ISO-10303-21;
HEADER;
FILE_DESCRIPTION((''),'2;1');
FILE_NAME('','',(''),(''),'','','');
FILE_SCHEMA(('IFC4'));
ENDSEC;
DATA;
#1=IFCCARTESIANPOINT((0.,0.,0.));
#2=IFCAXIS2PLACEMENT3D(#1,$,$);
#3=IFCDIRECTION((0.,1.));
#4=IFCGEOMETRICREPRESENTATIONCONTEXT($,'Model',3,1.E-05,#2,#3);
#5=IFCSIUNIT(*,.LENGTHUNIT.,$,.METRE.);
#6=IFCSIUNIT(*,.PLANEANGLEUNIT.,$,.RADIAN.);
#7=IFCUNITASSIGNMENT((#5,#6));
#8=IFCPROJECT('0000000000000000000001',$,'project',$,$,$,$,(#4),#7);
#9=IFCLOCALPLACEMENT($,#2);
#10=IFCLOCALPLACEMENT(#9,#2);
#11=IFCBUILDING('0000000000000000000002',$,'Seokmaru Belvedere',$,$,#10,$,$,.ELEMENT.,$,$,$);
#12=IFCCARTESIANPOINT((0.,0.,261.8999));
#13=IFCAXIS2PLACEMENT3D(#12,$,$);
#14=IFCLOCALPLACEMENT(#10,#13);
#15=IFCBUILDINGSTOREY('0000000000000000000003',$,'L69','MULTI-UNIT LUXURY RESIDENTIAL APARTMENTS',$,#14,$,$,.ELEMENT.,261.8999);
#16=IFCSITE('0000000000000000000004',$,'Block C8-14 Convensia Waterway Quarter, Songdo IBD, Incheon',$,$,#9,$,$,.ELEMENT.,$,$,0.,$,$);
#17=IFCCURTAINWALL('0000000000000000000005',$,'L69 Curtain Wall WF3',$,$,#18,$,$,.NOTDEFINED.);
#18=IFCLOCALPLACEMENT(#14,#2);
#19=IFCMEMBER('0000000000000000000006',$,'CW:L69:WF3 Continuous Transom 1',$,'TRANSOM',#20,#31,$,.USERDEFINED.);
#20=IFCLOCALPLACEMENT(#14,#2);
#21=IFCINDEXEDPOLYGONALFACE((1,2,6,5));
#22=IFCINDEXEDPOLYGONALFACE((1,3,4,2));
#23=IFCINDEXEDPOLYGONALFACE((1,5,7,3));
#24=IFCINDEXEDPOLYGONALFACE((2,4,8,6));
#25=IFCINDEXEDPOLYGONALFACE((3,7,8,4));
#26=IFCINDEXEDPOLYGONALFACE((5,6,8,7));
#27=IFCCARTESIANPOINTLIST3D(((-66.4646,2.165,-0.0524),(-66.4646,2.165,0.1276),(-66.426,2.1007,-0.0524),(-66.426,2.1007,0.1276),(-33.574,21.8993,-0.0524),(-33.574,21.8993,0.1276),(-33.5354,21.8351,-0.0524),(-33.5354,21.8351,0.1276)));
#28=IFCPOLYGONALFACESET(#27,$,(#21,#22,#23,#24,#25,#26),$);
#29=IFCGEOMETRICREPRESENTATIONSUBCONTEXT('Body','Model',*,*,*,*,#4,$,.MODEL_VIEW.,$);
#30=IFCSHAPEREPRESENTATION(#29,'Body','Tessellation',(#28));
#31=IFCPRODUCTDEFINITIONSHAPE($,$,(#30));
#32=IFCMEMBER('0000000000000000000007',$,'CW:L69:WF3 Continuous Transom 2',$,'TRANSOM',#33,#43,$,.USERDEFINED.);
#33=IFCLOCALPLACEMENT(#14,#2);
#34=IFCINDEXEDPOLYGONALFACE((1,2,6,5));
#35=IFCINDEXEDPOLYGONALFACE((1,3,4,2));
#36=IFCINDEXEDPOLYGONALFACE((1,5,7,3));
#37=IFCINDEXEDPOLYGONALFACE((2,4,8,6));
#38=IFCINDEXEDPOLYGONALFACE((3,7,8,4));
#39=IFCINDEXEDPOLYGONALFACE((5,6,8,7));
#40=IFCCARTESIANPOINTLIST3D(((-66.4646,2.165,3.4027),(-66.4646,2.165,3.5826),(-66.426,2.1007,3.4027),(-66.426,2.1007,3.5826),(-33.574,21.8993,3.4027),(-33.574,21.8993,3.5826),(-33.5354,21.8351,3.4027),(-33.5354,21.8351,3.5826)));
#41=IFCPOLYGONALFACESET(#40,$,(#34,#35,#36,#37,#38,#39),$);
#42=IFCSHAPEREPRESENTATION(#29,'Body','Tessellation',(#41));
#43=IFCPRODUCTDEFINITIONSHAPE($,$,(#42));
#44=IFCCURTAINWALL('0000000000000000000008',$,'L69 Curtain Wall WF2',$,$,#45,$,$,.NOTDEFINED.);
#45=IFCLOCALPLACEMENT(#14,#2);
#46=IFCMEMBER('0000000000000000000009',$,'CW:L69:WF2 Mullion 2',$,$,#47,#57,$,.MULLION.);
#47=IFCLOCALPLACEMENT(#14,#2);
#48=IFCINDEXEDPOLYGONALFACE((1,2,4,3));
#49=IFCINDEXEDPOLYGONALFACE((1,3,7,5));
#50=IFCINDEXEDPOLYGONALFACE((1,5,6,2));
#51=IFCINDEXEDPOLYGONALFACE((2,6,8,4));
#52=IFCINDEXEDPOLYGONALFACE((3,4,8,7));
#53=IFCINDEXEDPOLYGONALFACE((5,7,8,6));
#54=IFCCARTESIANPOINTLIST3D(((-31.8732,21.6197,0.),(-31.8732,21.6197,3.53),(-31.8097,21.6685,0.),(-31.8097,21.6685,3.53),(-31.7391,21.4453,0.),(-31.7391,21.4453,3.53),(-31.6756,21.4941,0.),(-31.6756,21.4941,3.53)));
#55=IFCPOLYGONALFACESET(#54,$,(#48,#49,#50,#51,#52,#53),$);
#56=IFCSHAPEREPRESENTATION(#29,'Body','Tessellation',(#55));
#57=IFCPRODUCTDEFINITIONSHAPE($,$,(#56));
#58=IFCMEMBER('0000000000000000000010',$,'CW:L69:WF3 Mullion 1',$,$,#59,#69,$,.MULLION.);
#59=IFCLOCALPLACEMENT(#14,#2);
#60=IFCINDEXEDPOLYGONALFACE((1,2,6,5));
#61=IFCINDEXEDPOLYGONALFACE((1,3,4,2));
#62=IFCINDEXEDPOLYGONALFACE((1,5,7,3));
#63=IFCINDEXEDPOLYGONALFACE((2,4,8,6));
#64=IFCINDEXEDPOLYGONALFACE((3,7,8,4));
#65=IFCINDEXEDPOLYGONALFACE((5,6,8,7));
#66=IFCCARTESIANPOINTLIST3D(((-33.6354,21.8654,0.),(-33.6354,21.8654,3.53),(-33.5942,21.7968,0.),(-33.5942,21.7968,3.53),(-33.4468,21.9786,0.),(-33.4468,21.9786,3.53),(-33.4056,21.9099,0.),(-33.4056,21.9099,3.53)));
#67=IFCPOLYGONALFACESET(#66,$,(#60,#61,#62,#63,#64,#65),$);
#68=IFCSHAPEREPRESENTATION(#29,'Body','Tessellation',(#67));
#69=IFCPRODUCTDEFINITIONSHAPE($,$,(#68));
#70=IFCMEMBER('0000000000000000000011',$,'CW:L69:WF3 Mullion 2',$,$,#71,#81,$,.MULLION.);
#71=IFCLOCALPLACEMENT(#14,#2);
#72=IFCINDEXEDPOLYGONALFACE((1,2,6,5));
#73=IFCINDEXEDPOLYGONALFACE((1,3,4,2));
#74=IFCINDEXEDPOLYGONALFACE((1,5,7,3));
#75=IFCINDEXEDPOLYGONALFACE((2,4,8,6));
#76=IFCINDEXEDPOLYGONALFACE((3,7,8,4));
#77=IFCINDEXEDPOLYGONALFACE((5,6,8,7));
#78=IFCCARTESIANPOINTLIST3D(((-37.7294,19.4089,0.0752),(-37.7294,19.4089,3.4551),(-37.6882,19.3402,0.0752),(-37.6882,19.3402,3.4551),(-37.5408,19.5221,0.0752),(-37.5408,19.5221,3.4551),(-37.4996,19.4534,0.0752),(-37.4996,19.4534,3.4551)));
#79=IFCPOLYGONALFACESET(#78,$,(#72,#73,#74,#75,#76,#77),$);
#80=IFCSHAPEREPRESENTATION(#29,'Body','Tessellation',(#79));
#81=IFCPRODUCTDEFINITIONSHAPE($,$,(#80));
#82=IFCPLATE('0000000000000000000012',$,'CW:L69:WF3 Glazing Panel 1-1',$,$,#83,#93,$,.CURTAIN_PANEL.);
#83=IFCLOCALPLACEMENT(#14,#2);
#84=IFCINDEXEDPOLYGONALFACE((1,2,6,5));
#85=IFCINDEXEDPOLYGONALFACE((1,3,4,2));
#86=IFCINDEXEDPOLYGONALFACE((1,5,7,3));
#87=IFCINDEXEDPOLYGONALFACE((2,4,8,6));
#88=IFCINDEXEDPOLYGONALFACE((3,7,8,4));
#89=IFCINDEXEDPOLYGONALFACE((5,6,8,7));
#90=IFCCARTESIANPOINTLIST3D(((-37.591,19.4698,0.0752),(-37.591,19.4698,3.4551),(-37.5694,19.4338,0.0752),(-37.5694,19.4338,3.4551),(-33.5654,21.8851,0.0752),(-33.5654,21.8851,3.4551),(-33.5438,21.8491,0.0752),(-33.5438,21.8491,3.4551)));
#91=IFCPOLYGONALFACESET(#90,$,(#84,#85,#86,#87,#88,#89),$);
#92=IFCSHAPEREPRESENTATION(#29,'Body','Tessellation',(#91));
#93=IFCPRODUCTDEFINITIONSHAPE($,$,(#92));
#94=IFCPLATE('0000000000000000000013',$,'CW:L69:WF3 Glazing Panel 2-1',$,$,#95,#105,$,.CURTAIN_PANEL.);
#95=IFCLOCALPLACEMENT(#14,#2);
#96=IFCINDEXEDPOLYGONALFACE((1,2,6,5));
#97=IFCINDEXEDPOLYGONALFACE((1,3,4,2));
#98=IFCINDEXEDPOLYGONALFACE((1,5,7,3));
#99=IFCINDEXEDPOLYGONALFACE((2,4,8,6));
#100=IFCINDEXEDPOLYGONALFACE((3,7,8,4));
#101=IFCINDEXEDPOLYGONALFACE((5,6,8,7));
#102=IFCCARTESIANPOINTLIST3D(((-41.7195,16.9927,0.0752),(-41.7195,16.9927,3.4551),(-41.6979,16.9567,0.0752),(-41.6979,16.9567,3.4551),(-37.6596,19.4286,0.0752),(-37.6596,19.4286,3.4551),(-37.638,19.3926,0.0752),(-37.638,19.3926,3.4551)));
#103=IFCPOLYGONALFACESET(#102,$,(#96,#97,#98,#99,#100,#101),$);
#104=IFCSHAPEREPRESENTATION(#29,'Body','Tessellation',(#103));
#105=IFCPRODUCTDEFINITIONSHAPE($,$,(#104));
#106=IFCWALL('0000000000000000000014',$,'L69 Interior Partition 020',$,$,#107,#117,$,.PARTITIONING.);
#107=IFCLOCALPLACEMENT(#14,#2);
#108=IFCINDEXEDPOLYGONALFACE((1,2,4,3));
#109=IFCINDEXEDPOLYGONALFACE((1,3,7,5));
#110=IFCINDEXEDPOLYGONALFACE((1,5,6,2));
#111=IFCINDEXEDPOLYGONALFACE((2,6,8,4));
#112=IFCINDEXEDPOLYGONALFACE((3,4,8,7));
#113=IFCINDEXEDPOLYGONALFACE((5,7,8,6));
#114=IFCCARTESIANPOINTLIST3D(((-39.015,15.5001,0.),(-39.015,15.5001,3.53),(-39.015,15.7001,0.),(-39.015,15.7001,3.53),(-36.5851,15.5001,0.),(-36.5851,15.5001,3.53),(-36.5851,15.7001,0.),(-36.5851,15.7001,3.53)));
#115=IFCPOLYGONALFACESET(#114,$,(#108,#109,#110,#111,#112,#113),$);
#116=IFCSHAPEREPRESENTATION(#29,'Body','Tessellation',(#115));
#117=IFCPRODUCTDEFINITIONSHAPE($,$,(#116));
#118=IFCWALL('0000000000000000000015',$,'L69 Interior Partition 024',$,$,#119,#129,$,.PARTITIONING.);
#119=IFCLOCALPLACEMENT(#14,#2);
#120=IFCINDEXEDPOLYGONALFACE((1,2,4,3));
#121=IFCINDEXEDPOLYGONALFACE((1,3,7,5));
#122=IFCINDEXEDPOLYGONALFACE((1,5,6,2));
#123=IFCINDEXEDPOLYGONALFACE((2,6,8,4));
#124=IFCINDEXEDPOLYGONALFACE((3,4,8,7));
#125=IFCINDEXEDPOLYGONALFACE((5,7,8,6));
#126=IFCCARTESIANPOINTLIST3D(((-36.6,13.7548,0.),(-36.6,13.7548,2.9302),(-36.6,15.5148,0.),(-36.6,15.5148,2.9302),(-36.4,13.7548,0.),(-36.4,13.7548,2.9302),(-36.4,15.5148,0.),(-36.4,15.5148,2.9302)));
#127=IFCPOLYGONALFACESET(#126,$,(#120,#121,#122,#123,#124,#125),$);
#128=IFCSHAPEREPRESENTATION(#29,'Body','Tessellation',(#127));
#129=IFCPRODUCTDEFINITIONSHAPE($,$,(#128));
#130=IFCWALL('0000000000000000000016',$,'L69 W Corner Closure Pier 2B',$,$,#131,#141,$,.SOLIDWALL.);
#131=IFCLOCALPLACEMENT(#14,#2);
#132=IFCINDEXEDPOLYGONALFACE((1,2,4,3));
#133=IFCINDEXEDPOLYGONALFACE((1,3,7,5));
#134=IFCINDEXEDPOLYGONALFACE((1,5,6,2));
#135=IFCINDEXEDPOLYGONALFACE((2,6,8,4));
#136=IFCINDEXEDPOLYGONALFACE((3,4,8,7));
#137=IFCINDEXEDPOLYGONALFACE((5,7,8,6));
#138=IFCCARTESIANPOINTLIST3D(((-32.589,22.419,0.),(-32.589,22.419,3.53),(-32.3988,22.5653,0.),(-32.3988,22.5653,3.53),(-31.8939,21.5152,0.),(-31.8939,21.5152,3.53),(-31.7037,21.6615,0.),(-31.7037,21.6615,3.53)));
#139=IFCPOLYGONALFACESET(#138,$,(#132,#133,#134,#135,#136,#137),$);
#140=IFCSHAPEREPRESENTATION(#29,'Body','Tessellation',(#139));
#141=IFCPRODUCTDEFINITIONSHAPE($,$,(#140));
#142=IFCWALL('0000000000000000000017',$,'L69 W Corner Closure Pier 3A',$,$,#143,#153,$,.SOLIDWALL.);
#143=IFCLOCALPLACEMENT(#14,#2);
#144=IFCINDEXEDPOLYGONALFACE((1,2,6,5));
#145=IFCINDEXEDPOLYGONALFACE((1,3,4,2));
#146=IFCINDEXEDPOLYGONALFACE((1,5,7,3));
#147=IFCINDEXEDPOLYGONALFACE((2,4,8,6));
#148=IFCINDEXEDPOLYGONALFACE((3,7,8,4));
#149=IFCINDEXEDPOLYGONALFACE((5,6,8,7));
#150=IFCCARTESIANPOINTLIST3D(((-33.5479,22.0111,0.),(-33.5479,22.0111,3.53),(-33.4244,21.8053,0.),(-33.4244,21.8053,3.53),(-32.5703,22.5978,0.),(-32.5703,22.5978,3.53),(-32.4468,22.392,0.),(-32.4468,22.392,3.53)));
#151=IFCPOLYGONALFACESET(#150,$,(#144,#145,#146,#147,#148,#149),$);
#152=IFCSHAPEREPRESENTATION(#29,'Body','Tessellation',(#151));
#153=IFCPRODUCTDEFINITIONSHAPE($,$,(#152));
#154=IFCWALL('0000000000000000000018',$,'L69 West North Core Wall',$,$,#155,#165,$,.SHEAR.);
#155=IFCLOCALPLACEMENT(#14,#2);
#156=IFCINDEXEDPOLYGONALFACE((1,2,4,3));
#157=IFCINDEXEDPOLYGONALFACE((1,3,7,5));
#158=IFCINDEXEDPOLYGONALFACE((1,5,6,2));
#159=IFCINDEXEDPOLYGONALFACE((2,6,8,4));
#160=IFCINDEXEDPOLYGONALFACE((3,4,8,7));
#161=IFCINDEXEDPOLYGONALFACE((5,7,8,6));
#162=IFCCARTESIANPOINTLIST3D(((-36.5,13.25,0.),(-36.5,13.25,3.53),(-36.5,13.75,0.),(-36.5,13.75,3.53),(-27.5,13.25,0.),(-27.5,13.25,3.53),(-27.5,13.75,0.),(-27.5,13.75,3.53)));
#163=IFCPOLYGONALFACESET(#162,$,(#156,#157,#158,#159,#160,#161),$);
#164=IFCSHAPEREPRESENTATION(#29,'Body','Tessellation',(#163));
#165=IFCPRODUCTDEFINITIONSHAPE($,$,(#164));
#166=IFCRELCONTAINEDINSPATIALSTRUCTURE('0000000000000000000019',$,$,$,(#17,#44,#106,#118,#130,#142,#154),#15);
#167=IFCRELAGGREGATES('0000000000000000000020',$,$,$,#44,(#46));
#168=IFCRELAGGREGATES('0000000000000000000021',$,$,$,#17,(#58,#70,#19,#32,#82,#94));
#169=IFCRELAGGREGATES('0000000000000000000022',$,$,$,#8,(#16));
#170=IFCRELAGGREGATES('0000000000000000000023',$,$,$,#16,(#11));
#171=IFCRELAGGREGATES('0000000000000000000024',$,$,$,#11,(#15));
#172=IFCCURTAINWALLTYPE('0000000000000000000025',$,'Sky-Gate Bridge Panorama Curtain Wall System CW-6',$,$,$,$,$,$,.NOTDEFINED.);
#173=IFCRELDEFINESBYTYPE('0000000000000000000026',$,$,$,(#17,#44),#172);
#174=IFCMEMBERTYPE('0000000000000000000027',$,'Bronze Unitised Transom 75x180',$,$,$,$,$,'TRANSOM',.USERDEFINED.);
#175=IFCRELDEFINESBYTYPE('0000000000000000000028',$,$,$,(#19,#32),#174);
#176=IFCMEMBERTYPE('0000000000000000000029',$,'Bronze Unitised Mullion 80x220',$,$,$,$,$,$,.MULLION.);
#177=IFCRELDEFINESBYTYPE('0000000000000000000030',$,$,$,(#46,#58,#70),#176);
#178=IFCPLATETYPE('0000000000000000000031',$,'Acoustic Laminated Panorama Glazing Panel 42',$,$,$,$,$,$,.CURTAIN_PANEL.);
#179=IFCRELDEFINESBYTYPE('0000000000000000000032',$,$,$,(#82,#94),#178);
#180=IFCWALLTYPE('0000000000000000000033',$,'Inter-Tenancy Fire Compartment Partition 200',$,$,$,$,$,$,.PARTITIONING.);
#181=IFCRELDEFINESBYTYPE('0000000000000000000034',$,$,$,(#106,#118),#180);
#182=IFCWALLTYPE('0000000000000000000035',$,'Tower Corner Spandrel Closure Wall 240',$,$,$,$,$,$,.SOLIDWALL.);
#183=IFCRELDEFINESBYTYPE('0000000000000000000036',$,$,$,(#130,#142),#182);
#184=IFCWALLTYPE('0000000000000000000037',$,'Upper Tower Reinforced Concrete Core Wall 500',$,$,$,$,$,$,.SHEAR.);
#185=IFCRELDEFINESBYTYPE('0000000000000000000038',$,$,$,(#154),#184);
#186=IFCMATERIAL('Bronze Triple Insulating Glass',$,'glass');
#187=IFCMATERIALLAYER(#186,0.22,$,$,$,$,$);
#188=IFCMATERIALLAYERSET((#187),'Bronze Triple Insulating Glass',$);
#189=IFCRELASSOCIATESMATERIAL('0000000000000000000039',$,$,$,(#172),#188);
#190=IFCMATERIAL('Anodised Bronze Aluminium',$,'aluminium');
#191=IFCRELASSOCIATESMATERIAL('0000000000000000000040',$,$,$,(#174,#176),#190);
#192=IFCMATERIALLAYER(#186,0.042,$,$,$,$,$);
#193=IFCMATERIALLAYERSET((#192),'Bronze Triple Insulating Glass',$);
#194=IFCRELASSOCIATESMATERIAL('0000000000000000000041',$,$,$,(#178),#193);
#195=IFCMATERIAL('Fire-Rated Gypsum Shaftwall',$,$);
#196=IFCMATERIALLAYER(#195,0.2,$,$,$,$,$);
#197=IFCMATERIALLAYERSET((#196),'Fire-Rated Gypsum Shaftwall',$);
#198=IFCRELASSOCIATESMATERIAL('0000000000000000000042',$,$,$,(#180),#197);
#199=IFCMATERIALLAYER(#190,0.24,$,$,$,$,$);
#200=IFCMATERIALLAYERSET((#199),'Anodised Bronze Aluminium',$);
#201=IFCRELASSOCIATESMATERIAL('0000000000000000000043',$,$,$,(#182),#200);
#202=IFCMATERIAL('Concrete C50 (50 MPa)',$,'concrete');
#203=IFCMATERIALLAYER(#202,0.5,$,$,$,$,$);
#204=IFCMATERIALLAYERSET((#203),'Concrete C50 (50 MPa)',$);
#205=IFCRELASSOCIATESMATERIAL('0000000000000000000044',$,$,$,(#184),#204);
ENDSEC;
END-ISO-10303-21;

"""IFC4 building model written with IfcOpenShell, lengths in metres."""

from ifc_helpers import new_model, si_unit, direction, frame, frame_2d, origin, origin_2d, place, context, subcontext, project, spatial, rectangle, extrude, source, transform, mapped, material, layer, layer_set, material_profile, profile_set, type_object, type_shapes, element, aggregate, save


model = new_model("IFC4")

# Units and contexts
model_context = context("Model", 3, precision=1e-05, world=origin(), true_north=direction((0.0, 1.0)))
body_context = subcontext(model_context, "Body", "Model", "MODEL_VIEW")
ifc_project = project(units=[si_unit("LENGTHUNIT", "METRE"), si_unit("PLANEANGLEUNIT", "RADIAN")], contexts=[model_context])

# Site, building, storey
site_placement = place(None, origin())
site = spatial("IfcSite", under=ifc_project, at=site_placement, Name="Block C8-14 Convensia Waterway Quarter, Songdo IBD, Incheon", CompositionType="ELEMENT", RefElevation=0.0)
building_placement = place(site_placement, origin())
building = spatial("IfcBuilding", under=site, at=building_placement, Name="Seokmaru Belvedere", CompositionType="ELEMENT")
storey_placement = place(building_placement, frame((0.0, 0.0, 261.8999)))
storey = spatial("IfcBuildingStorey", under=building, at=storey_placement, Name="L69", Description="MULTI-UNIT LUXURY RESIDENTIAL APARTMENTS", CompositionType="ELEMENT", Elevation=261.8999)

# Curtain wall, members
ifc_material_1 = material(Name="Bronze Triple Insulating Glass", Category="glass")
ifc_layer_1 = layer(ifc_material_1, 0.22)
ifc_layer_set_1 = layer_set([ifc_layer_1], Name="Bronze Triple Insulating Glass")
curtain_wall_type = type_object("IfcCurtainWallType", Name="Sky-Gate Bridge Panorama Curtain Wall System CW-6", PredefinedType="NOTDEFINED", material=ifc_layer_set_1)
curtain_wall_1_placement = place(storey_placement, origin())
curtain_wall_1 = element("IfcCurtainWall", 1, at=curtain_wall_1_placement, inside=storey, type_object=curtain_wall_type, Name="L69 Curtain Wall WF3", PredefinedType="NOTDEFINED")
ifc_material_2 = material(Name="Anodised Bronze Aluminium", Category="aluminium")
ifc_material_profile_1 = material_profile(ifc_material_2, rectangle(XDim=0.075, YDim=0.1799, at=origin_2d()), Name="CW-T-75x180")
ifc_profile_set_1 = profile_set([ifc_material_profile_1], Name="Anodised Bronze Aluminium")
member_type_1 = type_object("IfcMemberType", Name="Bronze Unitised Transom 75x180", ElementType="TRANSOM", PredefinedType="USERDEFINED", material=ifc_profile_set_1)
shared_shape_1 = source(origin(), body_context, "Body", "SweptSolid", [
    extrude(rectangle(XDim=0.075, YDim=0.1799, at=origin_2d()), origin(), (0.0, 0.0, 1.0), 38.3567),
])
type_shapes(member_type_1, [shared_shape_1])
member_1_placement = place(storey_placement, frame((-33.5547, 21.8672, 0.0376), z_axis=(-0.857493, -0.514496, 0.0), x_axis=(0.514496, -0.857493, 0.0)))
member_1 = element("IfcMember", 2, at=member_1_placement, type_object=member_type_1, Name="CW:L69:WF3 Continuous Transom 1", ObjectType="TRANSOM", PredefinedType="USERDEFINED", context=body_context, shape_type="MappedRepresentation", body=[
    mapped(shared_shape_1, transform((0.0, 0.0, 0.0), scale=1.0)),
])
member_2_placement = place(storey_placement, frame((-33.5547, 21.8672, 3.4927), z_axis=(-0.857493, -0.514496, 0.0), x_axis=(0.514496, -0.857493, 0.0)))
member_2 = element("IfcMember", 3, at=member_2_placement, type_object=member_type_1, Name="CW:L69:WF3 Continuous Transom 2", ObjectType="TRANSOM", PredefinedType="USERDEFINED", context=body_context, shape_type="MappedRepresentation", body=[
    mapped(shared_shape_1, transform((0.0, 0.0, 0.0), scale=1.0)),
])

# Curtain wall, member
curtain_wall_2_placement = place(storey_placement, origin())
curtain_wall_2 = element("IfcCurtainWall", 4, at=curtain_wall_2_placement, inside=storey, type_object=curtain_wall_type, Name="L69 Curtain Wall WF2", PredefinedType="NOTDEFINED")
ifc_material_profile_2 = material_profile(ifc_material_2, rectangle(XDim=0.0801, YDim=0.22, at=origin_2d()), Name="CW-M-80x220")
ifc_profile_set_2 = profile_set([ifc_material_profile_2], Name="Anodised Bronze Aluminium")
member_type_2 = type_object("IfcMemberType", Name="Bronze Unitised Mullion 80x220", PredefinedType="MULLION", material=ifc_profile_set_2)
shared_shape_2 = source(origin(), body_context, "Body", "SweptSolid", [
    extrude(rectangle(XDim=0.0801, YDim=0.22, at=origin_2d()), origin(), (0.0, 0.0, 1.0), 3.53),
])
member_3_placement = place(storey_placement, frame((-31.7744, 21.5569, 0.0), z_axis=(0.0, 0.0, 1.0), x_axis=(-0.792631, -0.609701, 0.0)))
member_3 = element("IfcMember", 5, at=member_3_placement, type_object=member_type_2, Name="CW:L69:WF2 Mullion 2", PredefinedType="MULLION", context=body_context, shape_type="MappedRepresentation", body=[
    mapped(shared_shape_2, transform((0.0, 0.0, 0.0), scale=1.0)),
])
aggregate(curtain_wall_2, [member_3])

# Members
member_4_placement = place(storey_placement, frame((-33.5205, 21.8877, 0.0), z_axis=(0.0, 0.0, 1.0), x_axis=(0.514495, -0.857493, 0.0)))
member_4 = element("IfcMember", 6, at=member_4_placement, type_object=member_type_2, Name="CW:L69:WF3 Mullion 1", PredefinedType="MULLION", context=body_context, shape_type="MappedRepresentation", body=[
    mapped(shared_shape_2, transform((0.0, 0.0, 0.0), scale=1.0)),
])
shared_shape_3 = source(origin(), body_context, "Body", "SweptSolid", [
    extrude(rectangle(XDim=0.0801, YDim=0.22, at=origin_2d()), origin(), (0.0, 0.0, 1.0), 3.3799),
])
type_shapes(member_type_2, [shared_shape_2, shared_shape_3])
member_5_placement = place(storey_placement, frame((-37.6145, 19.4312, 0.0752), z_axis=(0.0, 0.0, 1.0), x_axis=(0.514495, -0.857493, 0.0)))
member_5 = element("IfcMember", 7, at=member_5_placement, type_object=member_type_2, Name="CW:L69:WF3 Mullion 2", PredefinedType="MULLION", context=body_context, shape_type="MappedRepresentation", body=[
    mapped(shared_shape_3, transform((0.0, 0.0, 0.0), scale=1.0)),
])

# Plates
ifc_layer_2 = layer(ifc_material_1, 0.042)
ifc_layer_set_2 = layer_set([ifc_layer_2], Name="Bronze Triple Insulating Glass")
plate_type = type_object("IfcPlateType", Name="Acoustic Laminated Panorama Glazing Panel 42", PredefinedType="CURTAIN_PANEL", material=ifc_layer_set_2)
shared_shape_4 = source(origin(), body_context, "Body", "SweptSolid", [
    extrude(rectangle(XDim=4.6946, YDim=0.042, at=origin_2d()), origin(), (0.0, 0.0, 1.0), 3.3799),
])
plate_1_placement = place(storey_placement, frame((-35.5674, 20.6594, 0.0752), z_axis=(0.0, 0.0, 1.0), x_axis=(-0.857493, -0.514495, 0.0)))
plate_1 = element("IfcPlate", 8, at=plate_1_placement, type_object=plate_type, Name="CW:L69:WF3 Glazing Panel 1-1", PredefinedType="CURTAIN_PANEL", context=body_context, shape_type="MappedRepresentation", body=[
    mapped(shared_shape_4, transform((0.0, 0.0, 0.0), scale=1.0)),
])
shared_shape_5 = source(origin(), body_context, "Body", "SweptSolid", [
    extrude(rectangle(XDim=4.7346, YDim=0.042, at=origin_2d()), origin(), (0.0, 0.0, 1.0), 3.3799),
])
type_shapes(plate_type, [shared_shape_4, shared_shape_5])
plate_2_placement = place(storey_placement, frame((-39.6787, 18.1926, 0.0752), z_axis=(0.0, 0.0, 1.0), x_axis=(-0.857493, -0.514495, 0.0)))
plate_2 = element("IfcPlate", 9, at=plate_2_placement, type_object=plate_type, Name="CW:L69:WF3 Glazing Panel 2-1", PredefinedType="CURTAIN_PANEL", context=body_context, shape_type="MappedRepresentation", body=[
    mapped(shared_shape_5, transform((0.0, 0.0, 0.0), scale=1.0)),
])
aggregate(curtain_wall_1, [member_4, member_5, member_1, member_2, plate_1, plate_2])

# Walls
ifc_material_3 = material(Name="Fire-Rated Gypsum Shaftwall")
ifc_layer_3 = layer(ifc_material_3, 0.2)
ifc_layer_set_3 = layer_set([ifc_layer_3], Name="Fire-Rated Gypsum Shaftwall")
wall_type_1 = type_object("IfcWallType", Name="Inter-Tenancy Fire Compartment Partition 200", PredefinedType="PARTITIONING", material=ifc_layer_set_3)
wall_1_placement = place(storey_placement, frame((-39.0149, 15.6001, 0.0), z_axis=(0.0, 0.0, 1.0), x_axis=(1.0, 0.0, 0.0)))
element("IfcWall", 10, at=wall_1_placement, inside=storey, type_object=wall_type_1, Name="L69 Interior Partition 020", PredefinedType="PARTITIONING", context=body_context, shape_type="SweptSolid", body=[
    extrude(rectangle(XDim=2.4299, YDim=0.2, at=frame_2d((1.2148, 0.0))), origin(), (0.0, 0.0, 1.0), 3.53),
])
wall_2_placement = place(storey_placement, frame((-36.5, 13.7549, 0.0), z_axis=(0.0, 0.0, 1.0), x_axis=(0.0, 1.0, 0.0)))
element("IfcWall", 11, at=wall_2_placement, inside=storey, type_object=wall_type_1, Name="L69 Interior Partition 024", PredefinedType="PARTITIONING", context=body_context, shape_type="SweptSolid", body=[
    extrude(rectangle(XDim=1.76, YDim=0.2, at=frame_2d((0.8799, 0.0))), origin(), (0.0, 0.0, 1.0), 2.9302),
])
ifc_layer_4 = layer(ifc_material_2, 0.24)
ifc_layer_set_4 = layer_set([ifc_layer_4], Name="Anodised Bronze Aluminium")
wall_type_2 = type_object("IfcWallType", Name="Tower Corner Spandrel Closure Wall 240", PredefinedType="SOLIDWALL", material=ifc_layer_set_4)
for number, where, z_axis, x_axis, name in (
    (12, (-31.7988, 21.5884, 0.0), (0.0, 0.0, 1.0), (-0.609618, 0.792696, 0.0), "L69 W Corner Closure Pier 2B"),
    (13, (-32.5085, 22.4949, 0.0), (0.0, 0.0, 1.0), (-0.857436, -0.51459, 0.0), "L69 W Corner Closure Pier 3A"),
):
    element("IfcWall", number, at=place(storey_placement, frame(where, z_axis=z_axis, x_axis=x_axis)), inside=storey, type_object=wall_type_2, Name=name, PredefinedType="SOLIDWALL", context=body_context, shape_type="SweptSolid", body=[
        extrude(rectangle(XDim=1.1401, YDim=0.24, at=frame_2d((0.5701, 0.0))), origin(), (0.0, 0.0, 1.0), 3.53),
    ])
ifc_material_4 = material(Name="Concrete C50 (50 MPa)", Category="concrete")
ifc_layer_5 = layer(ifc_material_4, 0.5)
ifc_layer_set_5 = layer_set([ifc_layer_5], Name="Concrete C50 (50 MPa)")
wall_type_3 = type_object("IfcWallType", Name="Upper Tower Reinforced Concrete Core Wall 500", PredefinedType="SHEAR", material=ifc_layer_set_5)
wall_3_placement = place(storey_placement, frame((-36.5, 13.5, 0.0), z_axis=(0.0, 0.0, 1.0), x_axis=(1.0, 0.0, 0.0)))
element("IfcWall", 14, at=wall_3_placement, inside=storey, type_object=wall_type_3, Name="L69 West North Core Wall", PredefinedType="SHEAR", context=body_context, shape_type="SweptSolid", body=[
    extrude(rectangle(XDim=9.0, YDim=0.5, at=frame_2d((4.5, 0.0))), origin(), (0.0, 0.0, 1.0), 3.53),
])

save(model, "model.ifc")
